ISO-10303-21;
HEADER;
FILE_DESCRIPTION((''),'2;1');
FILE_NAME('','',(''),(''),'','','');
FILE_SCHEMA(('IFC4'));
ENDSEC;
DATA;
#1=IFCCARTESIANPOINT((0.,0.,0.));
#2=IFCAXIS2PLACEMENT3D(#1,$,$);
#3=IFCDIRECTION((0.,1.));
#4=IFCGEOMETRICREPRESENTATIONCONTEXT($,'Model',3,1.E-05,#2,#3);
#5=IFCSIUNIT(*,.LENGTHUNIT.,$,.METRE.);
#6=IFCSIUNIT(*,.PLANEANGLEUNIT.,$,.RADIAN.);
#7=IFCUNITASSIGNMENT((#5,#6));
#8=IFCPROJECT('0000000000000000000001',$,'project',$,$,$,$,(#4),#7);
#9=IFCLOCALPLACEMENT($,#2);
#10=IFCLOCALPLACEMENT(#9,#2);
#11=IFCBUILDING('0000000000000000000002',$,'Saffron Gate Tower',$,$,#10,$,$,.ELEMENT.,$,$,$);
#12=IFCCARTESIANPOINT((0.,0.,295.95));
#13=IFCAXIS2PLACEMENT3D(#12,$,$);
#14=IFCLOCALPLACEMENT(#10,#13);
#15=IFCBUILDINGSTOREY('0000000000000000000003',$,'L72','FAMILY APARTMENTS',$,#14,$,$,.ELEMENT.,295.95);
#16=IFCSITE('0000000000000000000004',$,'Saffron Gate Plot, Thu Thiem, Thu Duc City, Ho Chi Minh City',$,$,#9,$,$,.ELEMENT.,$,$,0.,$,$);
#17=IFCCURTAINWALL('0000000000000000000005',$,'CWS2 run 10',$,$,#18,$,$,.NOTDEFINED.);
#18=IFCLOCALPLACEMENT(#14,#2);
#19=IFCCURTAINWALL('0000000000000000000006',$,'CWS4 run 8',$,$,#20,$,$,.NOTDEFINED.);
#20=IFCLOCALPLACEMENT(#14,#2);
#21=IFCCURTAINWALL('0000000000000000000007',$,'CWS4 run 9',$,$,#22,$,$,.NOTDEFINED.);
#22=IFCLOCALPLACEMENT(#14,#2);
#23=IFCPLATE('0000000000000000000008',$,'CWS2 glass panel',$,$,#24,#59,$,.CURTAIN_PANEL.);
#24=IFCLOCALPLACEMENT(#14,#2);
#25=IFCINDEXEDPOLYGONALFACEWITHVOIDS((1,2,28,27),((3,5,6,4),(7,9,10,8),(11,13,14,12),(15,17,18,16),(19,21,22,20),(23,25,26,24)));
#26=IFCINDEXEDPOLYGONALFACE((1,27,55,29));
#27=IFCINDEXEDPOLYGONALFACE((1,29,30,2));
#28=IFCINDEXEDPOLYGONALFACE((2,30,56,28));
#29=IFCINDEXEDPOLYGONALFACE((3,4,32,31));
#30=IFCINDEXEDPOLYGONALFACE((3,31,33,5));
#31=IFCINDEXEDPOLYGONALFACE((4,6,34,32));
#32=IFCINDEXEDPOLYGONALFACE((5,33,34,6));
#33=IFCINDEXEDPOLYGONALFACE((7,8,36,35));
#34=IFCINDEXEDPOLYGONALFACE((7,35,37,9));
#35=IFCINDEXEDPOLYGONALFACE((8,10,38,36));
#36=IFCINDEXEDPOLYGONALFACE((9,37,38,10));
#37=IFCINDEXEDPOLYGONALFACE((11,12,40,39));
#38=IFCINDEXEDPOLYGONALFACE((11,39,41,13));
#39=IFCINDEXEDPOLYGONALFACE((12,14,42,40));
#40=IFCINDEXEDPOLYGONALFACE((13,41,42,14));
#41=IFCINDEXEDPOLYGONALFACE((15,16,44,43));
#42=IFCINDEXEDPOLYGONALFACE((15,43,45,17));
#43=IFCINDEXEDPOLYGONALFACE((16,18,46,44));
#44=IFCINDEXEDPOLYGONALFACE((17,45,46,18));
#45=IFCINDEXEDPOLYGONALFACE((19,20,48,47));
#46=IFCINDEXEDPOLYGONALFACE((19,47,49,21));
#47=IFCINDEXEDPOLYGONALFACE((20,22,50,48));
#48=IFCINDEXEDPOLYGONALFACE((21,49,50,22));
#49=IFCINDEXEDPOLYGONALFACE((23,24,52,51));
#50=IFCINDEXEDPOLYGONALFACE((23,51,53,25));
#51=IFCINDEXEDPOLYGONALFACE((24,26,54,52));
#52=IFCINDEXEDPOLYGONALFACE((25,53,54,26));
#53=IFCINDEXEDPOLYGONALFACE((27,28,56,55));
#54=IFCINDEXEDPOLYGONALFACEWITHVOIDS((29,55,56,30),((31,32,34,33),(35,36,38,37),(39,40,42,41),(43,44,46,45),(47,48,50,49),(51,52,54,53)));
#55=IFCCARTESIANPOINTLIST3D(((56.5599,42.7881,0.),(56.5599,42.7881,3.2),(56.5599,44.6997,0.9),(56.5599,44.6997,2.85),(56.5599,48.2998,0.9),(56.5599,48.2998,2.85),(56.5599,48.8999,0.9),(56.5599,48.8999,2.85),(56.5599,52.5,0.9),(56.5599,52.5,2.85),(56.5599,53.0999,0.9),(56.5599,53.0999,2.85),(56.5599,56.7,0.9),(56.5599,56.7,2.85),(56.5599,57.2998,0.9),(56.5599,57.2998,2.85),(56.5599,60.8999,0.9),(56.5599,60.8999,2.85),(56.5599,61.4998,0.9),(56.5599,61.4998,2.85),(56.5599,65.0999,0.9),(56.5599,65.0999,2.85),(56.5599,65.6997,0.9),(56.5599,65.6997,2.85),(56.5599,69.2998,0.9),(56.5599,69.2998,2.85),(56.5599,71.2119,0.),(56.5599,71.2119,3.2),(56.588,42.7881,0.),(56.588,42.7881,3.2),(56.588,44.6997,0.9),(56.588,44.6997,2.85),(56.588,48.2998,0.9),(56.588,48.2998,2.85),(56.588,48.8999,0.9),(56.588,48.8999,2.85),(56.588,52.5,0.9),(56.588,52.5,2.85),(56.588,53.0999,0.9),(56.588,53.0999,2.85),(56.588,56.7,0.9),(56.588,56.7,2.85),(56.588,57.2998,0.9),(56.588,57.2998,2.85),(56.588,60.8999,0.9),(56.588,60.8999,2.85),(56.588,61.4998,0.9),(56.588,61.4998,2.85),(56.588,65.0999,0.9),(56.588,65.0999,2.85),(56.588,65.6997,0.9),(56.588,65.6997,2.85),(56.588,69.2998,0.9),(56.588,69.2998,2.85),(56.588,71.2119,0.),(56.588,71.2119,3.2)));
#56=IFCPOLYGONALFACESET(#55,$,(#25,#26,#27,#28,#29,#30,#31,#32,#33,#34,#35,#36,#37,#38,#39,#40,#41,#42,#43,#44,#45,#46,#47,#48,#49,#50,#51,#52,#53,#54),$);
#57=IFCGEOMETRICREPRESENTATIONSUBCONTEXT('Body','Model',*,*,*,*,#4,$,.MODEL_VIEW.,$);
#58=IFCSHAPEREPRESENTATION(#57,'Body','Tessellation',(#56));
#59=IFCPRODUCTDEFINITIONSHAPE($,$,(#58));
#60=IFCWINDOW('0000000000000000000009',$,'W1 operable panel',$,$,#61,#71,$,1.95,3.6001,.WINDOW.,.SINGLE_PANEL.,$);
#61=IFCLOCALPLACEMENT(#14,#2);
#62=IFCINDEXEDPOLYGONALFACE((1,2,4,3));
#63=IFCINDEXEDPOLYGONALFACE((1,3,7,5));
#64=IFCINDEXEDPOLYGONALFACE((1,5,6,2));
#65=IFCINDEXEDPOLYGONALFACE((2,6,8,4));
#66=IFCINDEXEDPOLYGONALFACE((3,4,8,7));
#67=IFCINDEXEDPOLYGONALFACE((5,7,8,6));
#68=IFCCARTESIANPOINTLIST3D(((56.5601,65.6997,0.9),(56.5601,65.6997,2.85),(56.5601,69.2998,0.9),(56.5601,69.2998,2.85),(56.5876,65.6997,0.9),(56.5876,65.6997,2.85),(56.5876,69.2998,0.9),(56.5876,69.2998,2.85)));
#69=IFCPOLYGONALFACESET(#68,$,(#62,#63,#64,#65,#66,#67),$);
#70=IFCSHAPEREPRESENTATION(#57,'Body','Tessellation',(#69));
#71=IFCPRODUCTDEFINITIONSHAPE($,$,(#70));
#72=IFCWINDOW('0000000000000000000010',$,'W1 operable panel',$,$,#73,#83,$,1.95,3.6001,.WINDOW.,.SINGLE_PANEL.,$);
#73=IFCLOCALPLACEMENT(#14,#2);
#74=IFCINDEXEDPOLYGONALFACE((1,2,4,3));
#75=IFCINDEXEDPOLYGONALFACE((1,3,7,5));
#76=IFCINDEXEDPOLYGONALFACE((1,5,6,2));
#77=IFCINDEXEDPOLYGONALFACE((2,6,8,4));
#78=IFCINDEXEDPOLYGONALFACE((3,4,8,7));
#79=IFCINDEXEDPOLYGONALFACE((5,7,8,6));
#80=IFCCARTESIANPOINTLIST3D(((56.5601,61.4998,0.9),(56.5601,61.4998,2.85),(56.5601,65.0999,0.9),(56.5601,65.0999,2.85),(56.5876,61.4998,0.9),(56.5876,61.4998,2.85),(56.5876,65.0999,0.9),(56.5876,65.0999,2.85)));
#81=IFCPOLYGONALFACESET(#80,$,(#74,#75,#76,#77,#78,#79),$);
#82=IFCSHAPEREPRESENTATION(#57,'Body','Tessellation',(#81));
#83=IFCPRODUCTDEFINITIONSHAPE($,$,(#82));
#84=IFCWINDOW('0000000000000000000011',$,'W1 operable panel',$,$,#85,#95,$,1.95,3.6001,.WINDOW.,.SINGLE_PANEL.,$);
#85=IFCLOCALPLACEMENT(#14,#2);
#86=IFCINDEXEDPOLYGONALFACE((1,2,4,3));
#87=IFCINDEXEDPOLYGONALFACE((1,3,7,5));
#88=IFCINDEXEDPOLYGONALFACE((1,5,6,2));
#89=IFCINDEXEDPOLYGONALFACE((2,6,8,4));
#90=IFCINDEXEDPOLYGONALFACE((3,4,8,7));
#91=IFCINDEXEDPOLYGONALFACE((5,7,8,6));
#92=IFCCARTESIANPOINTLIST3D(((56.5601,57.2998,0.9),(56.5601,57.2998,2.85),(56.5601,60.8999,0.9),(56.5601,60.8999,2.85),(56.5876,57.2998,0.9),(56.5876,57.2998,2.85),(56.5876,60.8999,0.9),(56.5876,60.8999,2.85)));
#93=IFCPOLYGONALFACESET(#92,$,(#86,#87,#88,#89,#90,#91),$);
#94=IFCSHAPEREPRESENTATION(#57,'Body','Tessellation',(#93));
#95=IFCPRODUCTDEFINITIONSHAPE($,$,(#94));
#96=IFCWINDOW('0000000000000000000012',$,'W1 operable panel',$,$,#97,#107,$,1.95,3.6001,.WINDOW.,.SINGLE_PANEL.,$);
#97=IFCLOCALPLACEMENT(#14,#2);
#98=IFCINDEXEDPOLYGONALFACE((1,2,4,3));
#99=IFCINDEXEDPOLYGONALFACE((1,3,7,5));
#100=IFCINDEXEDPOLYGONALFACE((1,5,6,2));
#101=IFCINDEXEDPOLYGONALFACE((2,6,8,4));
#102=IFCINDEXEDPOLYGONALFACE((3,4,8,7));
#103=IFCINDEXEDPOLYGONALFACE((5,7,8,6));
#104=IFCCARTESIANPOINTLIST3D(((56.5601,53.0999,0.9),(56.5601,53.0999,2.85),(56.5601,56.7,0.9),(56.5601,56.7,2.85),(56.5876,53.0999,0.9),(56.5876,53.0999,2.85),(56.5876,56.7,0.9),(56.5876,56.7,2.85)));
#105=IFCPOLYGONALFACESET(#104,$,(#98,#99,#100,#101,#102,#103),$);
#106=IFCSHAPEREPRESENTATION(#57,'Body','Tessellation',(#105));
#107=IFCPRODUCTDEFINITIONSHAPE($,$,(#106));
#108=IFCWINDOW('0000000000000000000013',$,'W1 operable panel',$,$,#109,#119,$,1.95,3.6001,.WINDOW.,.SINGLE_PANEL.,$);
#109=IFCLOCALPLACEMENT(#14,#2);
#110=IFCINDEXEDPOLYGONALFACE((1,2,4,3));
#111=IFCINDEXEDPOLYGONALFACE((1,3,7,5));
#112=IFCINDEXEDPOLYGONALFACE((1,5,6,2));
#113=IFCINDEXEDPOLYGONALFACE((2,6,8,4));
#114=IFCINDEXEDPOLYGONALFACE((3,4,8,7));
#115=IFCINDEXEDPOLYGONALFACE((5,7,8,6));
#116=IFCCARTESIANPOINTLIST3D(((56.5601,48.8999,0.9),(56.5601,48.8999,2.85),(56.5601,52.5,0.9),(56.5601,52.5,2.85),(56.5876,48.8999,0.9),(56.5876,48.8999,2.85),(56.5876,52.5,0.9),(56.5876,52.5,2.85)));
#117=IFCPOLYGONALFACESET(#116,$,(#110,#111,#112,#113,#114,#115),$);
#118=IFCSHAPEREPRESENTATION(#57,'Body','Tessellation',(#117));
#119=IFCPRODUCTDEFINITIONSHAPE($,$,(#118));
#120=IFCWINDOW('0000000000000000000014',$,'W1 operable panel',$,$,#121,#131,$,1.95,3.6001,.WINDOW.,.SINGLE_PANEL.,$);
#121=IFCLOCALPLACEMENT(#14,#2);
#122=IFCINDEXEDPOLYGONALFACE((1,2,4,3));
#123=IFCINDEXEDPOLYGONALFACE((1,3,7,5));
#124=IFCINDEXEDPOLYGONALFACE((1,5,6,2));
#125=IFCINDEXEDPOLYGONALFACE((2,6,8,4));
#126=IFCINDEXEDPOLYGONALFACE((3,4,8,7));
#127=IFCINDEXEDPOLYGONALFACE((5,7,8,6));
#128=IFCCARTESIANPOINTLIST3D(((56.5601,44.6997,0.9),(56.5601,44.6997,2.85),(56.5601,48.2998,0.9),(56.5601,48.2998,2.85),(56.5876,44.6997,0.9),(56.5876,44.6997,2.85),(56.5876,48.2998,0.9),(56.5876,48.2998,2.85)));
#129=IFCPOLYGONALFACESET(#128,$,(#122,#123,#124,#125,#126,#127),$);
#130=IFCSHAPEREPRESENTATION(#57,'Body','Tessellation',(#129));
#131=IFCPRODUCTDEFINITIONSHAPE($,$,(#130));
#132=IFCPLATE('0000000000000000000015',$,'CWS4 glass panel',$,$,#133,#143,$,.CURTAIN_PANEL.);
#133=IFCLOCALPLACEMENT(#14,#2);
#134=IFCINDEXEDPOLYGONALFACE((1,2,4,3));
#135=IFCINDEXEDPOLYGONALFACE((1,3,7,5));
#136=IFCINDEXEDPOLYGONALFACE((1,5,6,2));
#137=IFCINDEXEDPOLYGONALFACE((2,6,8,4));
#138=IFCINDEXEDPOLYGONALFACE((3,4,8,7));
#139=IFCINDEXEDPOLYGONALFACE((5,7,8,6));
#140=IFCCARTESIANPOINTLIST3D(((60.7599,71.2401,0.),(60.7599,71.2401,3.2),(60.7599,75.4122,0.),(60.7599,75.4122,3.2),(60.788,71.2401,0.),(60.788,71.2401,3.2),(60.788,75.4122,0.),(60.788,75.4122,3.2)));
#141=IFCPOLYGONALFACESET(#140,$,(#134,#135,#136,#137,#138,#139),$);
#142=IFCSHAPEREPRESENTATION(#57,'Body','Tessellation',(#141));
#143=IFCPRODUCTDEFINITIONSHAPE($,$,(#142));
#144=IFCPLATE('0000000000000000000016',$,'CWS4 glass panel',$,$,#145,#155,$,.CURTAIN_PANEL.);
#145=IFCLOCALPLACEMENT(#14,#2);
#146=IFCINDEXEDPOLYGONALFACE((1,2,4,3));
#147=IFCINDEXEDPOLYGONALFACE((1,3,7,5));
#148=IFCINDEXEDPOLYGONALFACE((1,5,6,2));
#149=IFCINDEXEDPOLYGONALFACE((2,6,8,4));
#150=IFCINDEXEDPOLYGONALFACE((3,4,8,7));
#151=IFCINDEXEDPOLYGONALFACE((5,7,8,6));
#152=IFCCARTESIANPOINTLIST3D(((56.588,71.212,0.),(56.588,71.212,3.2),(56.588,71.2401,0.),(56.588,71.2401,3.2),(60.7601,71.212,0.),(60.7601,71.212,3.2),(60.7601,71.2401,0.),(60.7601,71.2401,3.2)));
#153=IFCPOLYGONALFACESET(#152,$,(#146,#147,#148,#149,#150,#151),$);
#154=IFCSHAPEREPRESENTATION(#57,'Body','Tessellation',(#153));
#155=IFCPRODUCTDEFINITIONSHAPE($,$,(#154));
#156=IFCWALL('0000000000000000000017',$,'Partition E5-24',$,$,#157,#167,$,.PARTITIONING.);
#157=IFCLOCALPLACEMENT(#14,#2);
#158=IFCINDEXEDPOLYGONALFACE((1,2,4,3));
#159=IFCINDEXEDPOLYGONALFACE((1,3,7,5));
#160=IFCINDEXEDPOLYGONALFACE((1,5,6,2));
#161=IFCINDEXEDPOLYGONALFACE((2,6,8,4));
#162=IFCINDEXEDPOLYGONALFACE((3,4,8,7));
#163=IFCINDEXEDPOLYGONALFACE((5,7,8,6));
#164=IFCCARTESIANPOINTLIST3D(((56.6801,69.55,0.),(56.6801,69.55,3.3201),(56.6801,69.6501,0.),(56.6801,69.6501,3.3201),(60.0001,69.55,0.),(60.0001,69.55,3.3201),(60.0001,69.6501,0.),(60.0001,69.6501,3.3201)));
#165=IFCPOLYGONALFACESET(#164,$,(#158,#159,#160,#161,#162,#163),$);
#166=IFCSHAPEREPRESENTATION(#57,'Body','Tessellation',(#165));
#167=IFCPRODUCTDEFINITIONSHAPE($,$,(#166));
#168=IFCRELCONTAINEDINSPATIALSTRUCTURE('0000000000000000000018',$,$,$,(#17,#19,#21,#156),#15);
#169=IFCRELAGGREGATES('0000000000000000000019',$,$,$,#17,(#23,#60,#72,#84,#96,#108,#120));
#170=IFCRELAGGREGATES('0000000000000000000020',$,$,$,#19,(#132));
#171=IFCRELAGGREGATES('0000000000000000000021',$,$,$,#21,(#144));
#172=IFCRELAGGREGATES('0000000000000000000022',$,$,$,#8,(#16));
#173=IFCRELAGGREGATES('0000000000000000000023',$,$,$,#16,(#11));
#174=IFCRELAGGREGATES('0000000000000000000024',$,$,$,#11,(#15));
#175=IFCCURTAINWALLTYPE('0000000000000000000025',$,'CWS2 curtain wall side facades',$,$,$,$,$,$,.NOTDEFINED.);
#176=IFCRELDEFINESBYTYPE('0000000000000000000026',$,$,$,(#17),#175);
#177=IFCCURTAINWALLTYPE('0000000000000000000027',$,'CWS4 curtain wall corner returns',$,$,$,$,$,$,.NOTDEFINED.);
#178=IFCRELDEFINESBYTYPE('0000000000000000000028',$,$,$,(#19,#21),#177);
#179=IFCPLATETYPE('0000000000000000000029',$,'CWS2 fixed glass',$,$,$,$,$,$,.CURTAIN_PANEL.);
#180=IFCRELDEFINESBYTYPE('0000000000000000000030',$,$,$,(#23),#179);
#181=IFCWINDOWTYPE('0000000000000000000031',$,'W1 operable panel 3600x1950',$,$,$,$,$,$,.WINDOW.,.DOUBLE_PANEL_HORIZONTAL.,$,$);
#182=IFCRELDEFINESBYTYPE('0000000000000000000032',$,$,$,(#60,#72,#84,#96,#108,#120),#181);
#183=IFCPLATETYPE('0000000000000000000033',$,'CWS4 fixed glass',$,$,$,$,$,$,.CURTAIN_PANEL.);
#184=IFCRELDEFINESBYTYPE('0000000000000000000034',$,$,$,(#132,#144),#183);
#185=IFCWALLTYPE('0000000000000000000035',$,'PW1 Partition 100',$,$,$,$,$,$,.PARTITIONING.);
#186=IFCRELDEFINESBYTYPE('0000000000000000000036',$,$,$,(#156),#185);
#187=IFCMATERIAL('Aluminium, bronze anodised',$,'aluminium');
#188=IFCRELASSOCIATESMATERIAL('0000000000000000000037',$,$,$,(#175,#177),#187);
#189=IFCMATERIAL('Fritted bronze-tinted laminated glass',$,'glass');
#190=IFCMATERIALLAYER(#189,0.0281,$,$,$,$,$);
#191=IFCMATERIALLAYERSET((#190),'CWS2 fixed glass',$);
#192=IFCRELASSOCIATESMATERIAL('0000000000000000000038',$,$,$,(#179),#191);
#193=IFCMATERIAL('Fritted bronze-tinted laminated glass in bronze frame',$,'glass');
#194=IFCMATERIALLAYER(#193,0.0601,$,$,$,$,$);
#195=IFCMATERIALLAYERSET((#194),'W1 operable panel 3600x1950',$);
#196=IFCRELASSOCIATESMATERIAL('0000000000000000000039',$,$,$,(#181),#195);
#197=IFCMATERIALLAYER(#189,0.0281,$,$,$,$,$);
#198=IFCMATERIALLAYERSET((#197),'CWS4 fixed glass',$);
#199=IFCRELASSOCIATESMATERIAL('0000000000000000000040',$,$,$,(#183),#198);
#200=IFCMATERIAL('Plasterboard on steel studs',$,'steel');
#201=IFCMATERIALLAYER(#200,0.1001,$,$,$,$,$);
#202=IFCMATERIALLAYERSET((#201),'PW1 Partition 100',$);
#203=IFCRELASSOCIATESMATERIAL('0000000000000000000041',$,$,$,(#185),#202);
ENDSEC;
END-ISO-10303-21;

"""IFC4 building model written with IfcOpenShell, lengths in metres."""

from ifc_helpers import new_model, si_unit, direction, frame, frame_2d, origin, place, context, subcontext, project, spatial, rectangle, extrude, material, layer, layer_set, type_object, element, fill, aggregate, save


model = new_model("IFC4")

# Units and contexts
model_context = context("Model", 3, precision=1e-05, world=origin(), true_north=direction((0.0, 1.0)))
body_context = subcontext(model_context, "Body", "Model", "MODEL_VIEW")
ifc_project = project(units=[si_unit("LENGTHUNIT", "METRE"), si_unit("PLANEANGLEUNIT", "RADIAN")], contexts=[model_context])

# Site, building, storey
site_placement = place(None, origin())
site = spatial("IfcSite", under=ifc_project, at=site_placement, Name="Saffron Gate Plot, Thu Thiem, Thu Duc City, Ho Chi Minh City", CompositionType="ELEMENT", RefElevation=0.0)
building_placement = place(site_placement, origin())
building = spatial("IfcBuilding", under=site, at=building_placement, Name="Saffron Gate Tower", CompositionType="ELEMENT")
storey_placement = place(building_placement, frame((0.0, 0.0, 295.95)))
storey = spatial("IfcBuildingStorey", under=building, at=storey_placement, Name="L72", Description="FAMILY APARTMENTS", CompositionType="ELEMENT", Elevation=295.95)

# Curtain wall
ifc_material_1 = material(Name="Aluminium, bronze anodised", Category="aluminium")
curtain_wall_type_1 = type_object("IfcCurtainWallType", Name="CWS2 curtain wall side facades", PredefinedType="NOTDEFINED", material=ifc_material_1)
curtain_wall_1_placement = place(storey_placement, origin())
curtain_wall_1 = element("IfcCurtainWall", 1, at=curtain_wall_1_placement, inside=storey, type_object=curtain_wall_type_1, Name="CWS2 run 10", PredefinedType="NOTDEFINED")

# Curtain walls
curtain_wall_type_2 = type_object("IfcCurtainWallType", Name="CWS4 curtain wall corner returns", PredefinedType="NOTDEFINED", material=ifc_material_1)
curtain_wall_2_placement = place(storey_placement, origin())
curtain_wall_2 = element("IfcCurtainWall", 2, at=curtain_wall_2_placement, inside=storey, type_object=curtain_wall_type_2, Name="CWS4 run 8", PredefinedType="NOTDEFINED")
curtain_wall_3_placement = place(storey_placement, origin())
curtain_wall_3 = element("IfcCurtainWall", 3, at=curtain_wall_3_placement, inside=storey, type_object=curtain_wall_type_2, Name="CWS4 run 9", PredefinedType="NOTDEFINED")

# Plate, openings, windows
ifc_material_2 = material(Name="Fritted bronze-tinted laminated glass", Category="glass")
ifc_layer_1 = layer(ifc_material_2, 0.0281)
ifc_layer_set_1 = layer_set([ifc_layer_1], Name="CWS2 fixed glass")
plate_type_1 = type_object("IfcPlateType", Name="CWS2 fixed glass", PredefinedType="CURTAIN_PANEL", material=ifc_layer_set_1)
plate_1_placement = place(storey_placement, frame((56.574, 71.2119, 0.0), z_axis=(0.0, 0.0, 1.0), x_axis=(0.0, -1.0, 0.0)))
plate_1 = element("IfcPlate", 4, at=plate_1_placement, type_object=plate_type_1, Name="CWS2 glass panel", PredefinedType="CURTAIN_PANEL", context=body_context, shape_type="SweptSolid", body=[
    extrude(rectangle(XDim=28.4238, YDim=0.0281, at=frame_2d((14.2119, 0.0))), origin(), (0.0, 0.0, 1.0), 3.2),
])
opening_1_placement = place(plate_1_placement, frame((1.9121, 0.0, 0.8999)))
opening_1 = element("IfcOpeningElement", 5, at=opening_1_placement, cuts=plate_1, PredefinedType="OPENING", context=body_context, shape_type="SweptSolid", body=[
    extrude(rectangle(XDim=3.6001, YDim=1.95, at=frame_2d((1.8, 0.9751))), frame((0.0, 0.0239, 0.0), z_axis=(0.0, -1.0, 0.0), x_axis=(1.0, 0.0, 0.0)), (0.0, 0.0, 1.0), 0.0481),
])
opening_2_placement = place(plate_1_placement, frame((6.1121, 0.0, 0.8999)))
opening_2 = element("IfcOpeningElement", 6, at=opening_2_placement, cuts=plate_1, PredefinedType="OPENING", context=body_context, shape_type="SweptSolid", body=[
    extrude(rectangle(XDim=3.6001, YDim=1.95, at=frame_2d((1.8, 0.9751))), frame((0.0, 0.0239, 0.0), z_axis=(0.0, -1.0, 0.0), x_axis=(1.0, 0.0, 0.0)), (0.0, 0.0, 1.0), 0.0481),
])
opening_3_placement = place(plate_1_placement, frame((10.312, 0.0, 0.8999)))
opening_3 = element("IfcOpeningElement", 7, at=opening_3_placement, cuts=plate_1, PredefinedType="OPENING", context=body_context, shape_type="SweptSolid", body=[
    extrude(rectangle(XDim=3.6001, YDim=1.95, at=frame_2d((1.8, 0.9751))), frame((0.0, 0.0239, 0.0), z_axis=(0.0, -1.0, 0.0), x_axis=(1.0, 0.0, 0.0)), (0.0, 0.0, 1.0), 0.0481),
])
opening_4_placement = place(plate_1_placement, frame((14.512, 0.0, 0.8999)))
opening_4 = element("IfcOpeningElement", 8, at=opening_4_placement, cuts=plate_1, PredefinedType="OPENING", context=body_context, shape_type="SweptSolid", body=[
    extrude(rectangle(XDim=3.6001, YDim=1.95, at=frame_2d((1.8, 0.9751))), frame((0.0, 0.0239, 0.0), z_axis=(0.0, -1.0, 0.0), x_axis=(1.0, 0.0, 0.0)), (0.0, 0.0, 1.0), 0.0481),
])
opening_5_placement = place(plate_1_placement, frame((18.7119, 0.0, 0.8999)))
opening_5 = element("IfcOpeningElement", 9, at=opening_5_placement, cuts=plate_1, PredefinedType="OPENING", context=body_context, shape_type="SweptSolid", body=[
    extrude(rectangle(XDim=3.6001, YDim=1.95, at=frame_2d((1.8, 0.9751))), frame((0.0, 0.0239, 0.0), z_axis=(0.0, -1.0, 0.0), x_axis=(1.0, 0.0, 0.0)), (0.0, 0.0, 1.0), 0.0481),
])
opening_6_placement = place(plate_1_placement, frame((22.9121, 0.0, 0.8999)))
opening_6 = element("IfcOpeningElement", 10, at=opening_6_placement, cuts=plate_1, PredefinedType="OPENING", context=body_context, shape_type="SweptSolid", body=[
    extrude(rectangle(XDim=3.6001, YDim=1.95, at=frame_2d((1.8, 0.9751))), frame((0.0, 0.0239, 0.0), z_axis=(0.0, -1.0, 0.0), x_axis=(1.0, 0.0, 0.0)), (0.0, 0.0, 1.0), 0.0481),
])
ifc_material_3 = material(Name="Fritted bronze-tinted laminated glass in bronze frame", Category="glass")
ifc_layer_2 = layer(ifc_material_3, 0.0601)
ifc_layer_set_2 = layer_set([ifc_layer_2], Name="W1 operable panel 3600x1950")
window_type = type_object("IfcWindowType", Name="W1 operable panel 3600x1950", PartitioningType="DOUBLE_PANEL_HORIZONTAL", PredefinedType="WINDOW", material=ifc_layer_set_2)
window_1_placement = place(opening_1_placement, origin())
window_1 = element("IfcWindow", 11, at=window_1_placement, type_object=window_type, Name="W1 operable panel", OverallHeight=1.95, OverallWidth=3.6001, PartitioningType="SINGLE_PANEL", PredefinedType="WINDOW", context=body_context, shape_type="SweptSolid", body=[
    extrude(rectangle(XDim=3.6001, YDim=1.95, at=frame_2d((1.8, 0.9751))), frame((0.0, 0.0137, 0.0), z_axis=(0.0, -1.0, 0.0), x_axis=(1.0, 0.0, 0.0)), (0.0, 0.0, 1.0), 0.0276),
])
fill(opening_1, window_1)
window_2_placement = place(opening_2_placement, origin())
window_2 = element("IfcWindow", 12, at=window_2_placement, type_object=window_type, Name="W1 operable panel", OverallHeight=1.95, OverallWidth=3.6001, PartitioningType="SINGLE_PANEL", PredefinedType="WINDOW", context=body_context, shape_type="SweptSolid", body=[
    extrude(rectangle(XDim=3.6001, YDim=1.95, at=frame_2d((1.8, 0.9751))), frame((0.0, 0.0137, 0.0), z_axis=(0.0, -1.0, 0.0), x_axis=(1.0, 0.0, 0.0)), (0.0, 0.0, 1.0), 0.0276),
])
fill(opening_2, window_2)
window_3_placement = place(opening_3_placement, origin())
window_3 = element("IfcWindow", 13, at=window_3_placement, type_object=window_type, Name="W1 operable panel", OverallHeight=1.95, OverallWidth=3.6001, PartitioningType="SINGLE_PANEL", PredefinedType="WINDOW", context=body_context, shape_type="SweptSolid", body=[
    extrude(rectangle(XDim=3.6001, YDim=1.95, at=frame_2d((1.8, 0.9751))), frame((0.0, 0.0137, 0.0), z_axis=(0.0, -1.0, 0.0), x_axis=(1.0, 0.0, 0.0)), (0.0, 0.0, 1.0), 0.0276),
])
fill(opening_3, window_3)
window_4_placement = place(opening_4_placement, origin())
window_4 = element("IfcWindow", 14, at=window_4_placement, type_object=window_type, Name="W1 operable panel", OverallHeight=1.95, OverallWidth=3.6001, PartitioningType="SINGLE_PANEL", PredefinedType="WINDOW", context=body_context, shape_type="SweptSolid", body=[
    extrude(rectangle(XDim=3.6001, YDim=1.95, at=frame_2d((1.8, 0.9751))), frame((0.0, 0.0137, 0.0), z_axis=(0.0, -1.0, 0.0), x_axis=(1.0, 0.0, 0.0)), (0.0, 0.0, 1.0), 0.0276),
])
fill(opening_4, window_4)
window_5_placement = place(opening_5_placement, origin())
window_5 = element("IfcWindow", 15, at=window_5_placement, type_object=window_type, Name="W1 operable panel", OverallHeight=1.95, OverallWidth=3.6001, PartitioningType="SINGLE_PANEL", PredefinedType="WINDOW", context=body_context, shape_type="SweptSolid", body=[
    extrude(rectangle(XDim=3.6001, YDim=1.95, at=frame_2d((1.8, 0.9751))), frame((0.0, 0.0137, 0.0), z_axis=(0.0, -1.0, 0.0), x_axis=(1.0, 0.0, 0.0)), (0.0, 0.0, 1.0), 0.0276),
])
fill(opening_5, window_5)
window_6_placement = place(opening_6_placement, origin())
window_6 = element("IfcWindow", 16, at=window_6_placement, type_object=window_type, Name="W1 operable panel", OverallHeight=1.95, OverallWidth=3.6001, PartitioningType="SINGLE_PANEL", PredefinedType="WINDOW", context=body_context, shape_type="SweptSolid", body=[
    extrude(rectangle(XDim=3.6001, YDim=1.95, at=frame_2d((1.8, 0.9751))), frame((0.0, 0.0137, 0.0), z_axis=(0.0, -1.0, 0.0), x_axis=(1.0, 0.0, 0.0)), (0.0, 0.0, 1.0), 0.0276),
])
fill(opening_6, window_6)
aggregate(curtain_wall_1, [plate_1, window_1, window_2, window_3, window_4, window_5, window_6])

# Plates
ifc_layer_3 = layer(ifc_material_2, 0.0281)
ifc_layer_set_3 = layer_set([ifc_layer_3], Name="CWS4 fixed glass")
plate_type_2 = type_object("IfcPlateType", Name="CWS4 fixed glass", PredefinedType="CURTAIN_PANEL", material=ifc_layer_set_3)
plate_2_placement = place(storey_placement, frame((60.7739, 75.4121, 0.0), z_axis=(0.0, 0.0, 1.0), x_axis=(0.0, -1.0, 0.0)))
plate_2 = element("IfcPlate", 17, at=plate_2_placement, type_object=plate_type_2, Name="CWS4 glass panel", PredefinedType="CURTAIN_PANEL", context=body_context, shape_type="SweptSolid", body=[
    extrude(rectangle(XDim=4.1721, YDim=0.0281, at=frame_2d((2.0859, 0.0))), origin(), (0.0, 0.0, 1.0), 3.2),
])
aggregate(curtain_wall_2, [plate_2])
plate_3_placement = place(storey_placement, frame((60.76, 71.2261, 0.0), z_axis=(0.0, 0.0, 1.0), x_axis=(-1.0, 0.0, 0.0)))
plate_3 = element("IfcPlate", 18, at=plate_3_placement, type_object=plate_type_2, Name="CWS4 glass panel", PredefinedType="CURTAIN_PANEL", context=body_context, shape_type="SweptSolid", body=[
    extrude(rectangle(XDim=4.1721, YDim=0.0281, at=frame_2d((2.0859, 0.0))), origin(), (0.0, 0.0, 1.0), 3.2),
])
aggregate(curtain_wall_3, [plate_3])

# Wall
ifc_material_4 = material(Name="Plasterboard on steel studs", Category="steel")
ifc_layer_4 = layer(ifc_material_4, 0.1001)
ifc_layer_set_4 = layer_set([ifc_layer_4], Name="PW1 Partition 100")
wall_type_1 = type_object("IfcWallType", Name="PW1 Partition 100", PredefinedType="PARTITIONING", material=ifc_layer_set_4)
wall_1_placement = place(storey_placement, frame((56.6799, 69.6001, 0.0), z_axis=(0.0, 0.0, 1.0), x_axis=(1.0, 0.0, 0.0)))
element("IfcWall", 19, at=wall_1_placement, inside=storey, type_object=wall_type_1, Name="Partition E5-24", PredefinedType="PARTITIONING", context=body_context, shape_type="SweptSolid", body=[
    extrude(rectangle(XDim=3.3201, YDim=0.1001, at=frame_2d((1.6602, 0.0))), origin(), (0.0, 0.0, 1.0), 3.3201),
])

save(model, "model.ifc")
